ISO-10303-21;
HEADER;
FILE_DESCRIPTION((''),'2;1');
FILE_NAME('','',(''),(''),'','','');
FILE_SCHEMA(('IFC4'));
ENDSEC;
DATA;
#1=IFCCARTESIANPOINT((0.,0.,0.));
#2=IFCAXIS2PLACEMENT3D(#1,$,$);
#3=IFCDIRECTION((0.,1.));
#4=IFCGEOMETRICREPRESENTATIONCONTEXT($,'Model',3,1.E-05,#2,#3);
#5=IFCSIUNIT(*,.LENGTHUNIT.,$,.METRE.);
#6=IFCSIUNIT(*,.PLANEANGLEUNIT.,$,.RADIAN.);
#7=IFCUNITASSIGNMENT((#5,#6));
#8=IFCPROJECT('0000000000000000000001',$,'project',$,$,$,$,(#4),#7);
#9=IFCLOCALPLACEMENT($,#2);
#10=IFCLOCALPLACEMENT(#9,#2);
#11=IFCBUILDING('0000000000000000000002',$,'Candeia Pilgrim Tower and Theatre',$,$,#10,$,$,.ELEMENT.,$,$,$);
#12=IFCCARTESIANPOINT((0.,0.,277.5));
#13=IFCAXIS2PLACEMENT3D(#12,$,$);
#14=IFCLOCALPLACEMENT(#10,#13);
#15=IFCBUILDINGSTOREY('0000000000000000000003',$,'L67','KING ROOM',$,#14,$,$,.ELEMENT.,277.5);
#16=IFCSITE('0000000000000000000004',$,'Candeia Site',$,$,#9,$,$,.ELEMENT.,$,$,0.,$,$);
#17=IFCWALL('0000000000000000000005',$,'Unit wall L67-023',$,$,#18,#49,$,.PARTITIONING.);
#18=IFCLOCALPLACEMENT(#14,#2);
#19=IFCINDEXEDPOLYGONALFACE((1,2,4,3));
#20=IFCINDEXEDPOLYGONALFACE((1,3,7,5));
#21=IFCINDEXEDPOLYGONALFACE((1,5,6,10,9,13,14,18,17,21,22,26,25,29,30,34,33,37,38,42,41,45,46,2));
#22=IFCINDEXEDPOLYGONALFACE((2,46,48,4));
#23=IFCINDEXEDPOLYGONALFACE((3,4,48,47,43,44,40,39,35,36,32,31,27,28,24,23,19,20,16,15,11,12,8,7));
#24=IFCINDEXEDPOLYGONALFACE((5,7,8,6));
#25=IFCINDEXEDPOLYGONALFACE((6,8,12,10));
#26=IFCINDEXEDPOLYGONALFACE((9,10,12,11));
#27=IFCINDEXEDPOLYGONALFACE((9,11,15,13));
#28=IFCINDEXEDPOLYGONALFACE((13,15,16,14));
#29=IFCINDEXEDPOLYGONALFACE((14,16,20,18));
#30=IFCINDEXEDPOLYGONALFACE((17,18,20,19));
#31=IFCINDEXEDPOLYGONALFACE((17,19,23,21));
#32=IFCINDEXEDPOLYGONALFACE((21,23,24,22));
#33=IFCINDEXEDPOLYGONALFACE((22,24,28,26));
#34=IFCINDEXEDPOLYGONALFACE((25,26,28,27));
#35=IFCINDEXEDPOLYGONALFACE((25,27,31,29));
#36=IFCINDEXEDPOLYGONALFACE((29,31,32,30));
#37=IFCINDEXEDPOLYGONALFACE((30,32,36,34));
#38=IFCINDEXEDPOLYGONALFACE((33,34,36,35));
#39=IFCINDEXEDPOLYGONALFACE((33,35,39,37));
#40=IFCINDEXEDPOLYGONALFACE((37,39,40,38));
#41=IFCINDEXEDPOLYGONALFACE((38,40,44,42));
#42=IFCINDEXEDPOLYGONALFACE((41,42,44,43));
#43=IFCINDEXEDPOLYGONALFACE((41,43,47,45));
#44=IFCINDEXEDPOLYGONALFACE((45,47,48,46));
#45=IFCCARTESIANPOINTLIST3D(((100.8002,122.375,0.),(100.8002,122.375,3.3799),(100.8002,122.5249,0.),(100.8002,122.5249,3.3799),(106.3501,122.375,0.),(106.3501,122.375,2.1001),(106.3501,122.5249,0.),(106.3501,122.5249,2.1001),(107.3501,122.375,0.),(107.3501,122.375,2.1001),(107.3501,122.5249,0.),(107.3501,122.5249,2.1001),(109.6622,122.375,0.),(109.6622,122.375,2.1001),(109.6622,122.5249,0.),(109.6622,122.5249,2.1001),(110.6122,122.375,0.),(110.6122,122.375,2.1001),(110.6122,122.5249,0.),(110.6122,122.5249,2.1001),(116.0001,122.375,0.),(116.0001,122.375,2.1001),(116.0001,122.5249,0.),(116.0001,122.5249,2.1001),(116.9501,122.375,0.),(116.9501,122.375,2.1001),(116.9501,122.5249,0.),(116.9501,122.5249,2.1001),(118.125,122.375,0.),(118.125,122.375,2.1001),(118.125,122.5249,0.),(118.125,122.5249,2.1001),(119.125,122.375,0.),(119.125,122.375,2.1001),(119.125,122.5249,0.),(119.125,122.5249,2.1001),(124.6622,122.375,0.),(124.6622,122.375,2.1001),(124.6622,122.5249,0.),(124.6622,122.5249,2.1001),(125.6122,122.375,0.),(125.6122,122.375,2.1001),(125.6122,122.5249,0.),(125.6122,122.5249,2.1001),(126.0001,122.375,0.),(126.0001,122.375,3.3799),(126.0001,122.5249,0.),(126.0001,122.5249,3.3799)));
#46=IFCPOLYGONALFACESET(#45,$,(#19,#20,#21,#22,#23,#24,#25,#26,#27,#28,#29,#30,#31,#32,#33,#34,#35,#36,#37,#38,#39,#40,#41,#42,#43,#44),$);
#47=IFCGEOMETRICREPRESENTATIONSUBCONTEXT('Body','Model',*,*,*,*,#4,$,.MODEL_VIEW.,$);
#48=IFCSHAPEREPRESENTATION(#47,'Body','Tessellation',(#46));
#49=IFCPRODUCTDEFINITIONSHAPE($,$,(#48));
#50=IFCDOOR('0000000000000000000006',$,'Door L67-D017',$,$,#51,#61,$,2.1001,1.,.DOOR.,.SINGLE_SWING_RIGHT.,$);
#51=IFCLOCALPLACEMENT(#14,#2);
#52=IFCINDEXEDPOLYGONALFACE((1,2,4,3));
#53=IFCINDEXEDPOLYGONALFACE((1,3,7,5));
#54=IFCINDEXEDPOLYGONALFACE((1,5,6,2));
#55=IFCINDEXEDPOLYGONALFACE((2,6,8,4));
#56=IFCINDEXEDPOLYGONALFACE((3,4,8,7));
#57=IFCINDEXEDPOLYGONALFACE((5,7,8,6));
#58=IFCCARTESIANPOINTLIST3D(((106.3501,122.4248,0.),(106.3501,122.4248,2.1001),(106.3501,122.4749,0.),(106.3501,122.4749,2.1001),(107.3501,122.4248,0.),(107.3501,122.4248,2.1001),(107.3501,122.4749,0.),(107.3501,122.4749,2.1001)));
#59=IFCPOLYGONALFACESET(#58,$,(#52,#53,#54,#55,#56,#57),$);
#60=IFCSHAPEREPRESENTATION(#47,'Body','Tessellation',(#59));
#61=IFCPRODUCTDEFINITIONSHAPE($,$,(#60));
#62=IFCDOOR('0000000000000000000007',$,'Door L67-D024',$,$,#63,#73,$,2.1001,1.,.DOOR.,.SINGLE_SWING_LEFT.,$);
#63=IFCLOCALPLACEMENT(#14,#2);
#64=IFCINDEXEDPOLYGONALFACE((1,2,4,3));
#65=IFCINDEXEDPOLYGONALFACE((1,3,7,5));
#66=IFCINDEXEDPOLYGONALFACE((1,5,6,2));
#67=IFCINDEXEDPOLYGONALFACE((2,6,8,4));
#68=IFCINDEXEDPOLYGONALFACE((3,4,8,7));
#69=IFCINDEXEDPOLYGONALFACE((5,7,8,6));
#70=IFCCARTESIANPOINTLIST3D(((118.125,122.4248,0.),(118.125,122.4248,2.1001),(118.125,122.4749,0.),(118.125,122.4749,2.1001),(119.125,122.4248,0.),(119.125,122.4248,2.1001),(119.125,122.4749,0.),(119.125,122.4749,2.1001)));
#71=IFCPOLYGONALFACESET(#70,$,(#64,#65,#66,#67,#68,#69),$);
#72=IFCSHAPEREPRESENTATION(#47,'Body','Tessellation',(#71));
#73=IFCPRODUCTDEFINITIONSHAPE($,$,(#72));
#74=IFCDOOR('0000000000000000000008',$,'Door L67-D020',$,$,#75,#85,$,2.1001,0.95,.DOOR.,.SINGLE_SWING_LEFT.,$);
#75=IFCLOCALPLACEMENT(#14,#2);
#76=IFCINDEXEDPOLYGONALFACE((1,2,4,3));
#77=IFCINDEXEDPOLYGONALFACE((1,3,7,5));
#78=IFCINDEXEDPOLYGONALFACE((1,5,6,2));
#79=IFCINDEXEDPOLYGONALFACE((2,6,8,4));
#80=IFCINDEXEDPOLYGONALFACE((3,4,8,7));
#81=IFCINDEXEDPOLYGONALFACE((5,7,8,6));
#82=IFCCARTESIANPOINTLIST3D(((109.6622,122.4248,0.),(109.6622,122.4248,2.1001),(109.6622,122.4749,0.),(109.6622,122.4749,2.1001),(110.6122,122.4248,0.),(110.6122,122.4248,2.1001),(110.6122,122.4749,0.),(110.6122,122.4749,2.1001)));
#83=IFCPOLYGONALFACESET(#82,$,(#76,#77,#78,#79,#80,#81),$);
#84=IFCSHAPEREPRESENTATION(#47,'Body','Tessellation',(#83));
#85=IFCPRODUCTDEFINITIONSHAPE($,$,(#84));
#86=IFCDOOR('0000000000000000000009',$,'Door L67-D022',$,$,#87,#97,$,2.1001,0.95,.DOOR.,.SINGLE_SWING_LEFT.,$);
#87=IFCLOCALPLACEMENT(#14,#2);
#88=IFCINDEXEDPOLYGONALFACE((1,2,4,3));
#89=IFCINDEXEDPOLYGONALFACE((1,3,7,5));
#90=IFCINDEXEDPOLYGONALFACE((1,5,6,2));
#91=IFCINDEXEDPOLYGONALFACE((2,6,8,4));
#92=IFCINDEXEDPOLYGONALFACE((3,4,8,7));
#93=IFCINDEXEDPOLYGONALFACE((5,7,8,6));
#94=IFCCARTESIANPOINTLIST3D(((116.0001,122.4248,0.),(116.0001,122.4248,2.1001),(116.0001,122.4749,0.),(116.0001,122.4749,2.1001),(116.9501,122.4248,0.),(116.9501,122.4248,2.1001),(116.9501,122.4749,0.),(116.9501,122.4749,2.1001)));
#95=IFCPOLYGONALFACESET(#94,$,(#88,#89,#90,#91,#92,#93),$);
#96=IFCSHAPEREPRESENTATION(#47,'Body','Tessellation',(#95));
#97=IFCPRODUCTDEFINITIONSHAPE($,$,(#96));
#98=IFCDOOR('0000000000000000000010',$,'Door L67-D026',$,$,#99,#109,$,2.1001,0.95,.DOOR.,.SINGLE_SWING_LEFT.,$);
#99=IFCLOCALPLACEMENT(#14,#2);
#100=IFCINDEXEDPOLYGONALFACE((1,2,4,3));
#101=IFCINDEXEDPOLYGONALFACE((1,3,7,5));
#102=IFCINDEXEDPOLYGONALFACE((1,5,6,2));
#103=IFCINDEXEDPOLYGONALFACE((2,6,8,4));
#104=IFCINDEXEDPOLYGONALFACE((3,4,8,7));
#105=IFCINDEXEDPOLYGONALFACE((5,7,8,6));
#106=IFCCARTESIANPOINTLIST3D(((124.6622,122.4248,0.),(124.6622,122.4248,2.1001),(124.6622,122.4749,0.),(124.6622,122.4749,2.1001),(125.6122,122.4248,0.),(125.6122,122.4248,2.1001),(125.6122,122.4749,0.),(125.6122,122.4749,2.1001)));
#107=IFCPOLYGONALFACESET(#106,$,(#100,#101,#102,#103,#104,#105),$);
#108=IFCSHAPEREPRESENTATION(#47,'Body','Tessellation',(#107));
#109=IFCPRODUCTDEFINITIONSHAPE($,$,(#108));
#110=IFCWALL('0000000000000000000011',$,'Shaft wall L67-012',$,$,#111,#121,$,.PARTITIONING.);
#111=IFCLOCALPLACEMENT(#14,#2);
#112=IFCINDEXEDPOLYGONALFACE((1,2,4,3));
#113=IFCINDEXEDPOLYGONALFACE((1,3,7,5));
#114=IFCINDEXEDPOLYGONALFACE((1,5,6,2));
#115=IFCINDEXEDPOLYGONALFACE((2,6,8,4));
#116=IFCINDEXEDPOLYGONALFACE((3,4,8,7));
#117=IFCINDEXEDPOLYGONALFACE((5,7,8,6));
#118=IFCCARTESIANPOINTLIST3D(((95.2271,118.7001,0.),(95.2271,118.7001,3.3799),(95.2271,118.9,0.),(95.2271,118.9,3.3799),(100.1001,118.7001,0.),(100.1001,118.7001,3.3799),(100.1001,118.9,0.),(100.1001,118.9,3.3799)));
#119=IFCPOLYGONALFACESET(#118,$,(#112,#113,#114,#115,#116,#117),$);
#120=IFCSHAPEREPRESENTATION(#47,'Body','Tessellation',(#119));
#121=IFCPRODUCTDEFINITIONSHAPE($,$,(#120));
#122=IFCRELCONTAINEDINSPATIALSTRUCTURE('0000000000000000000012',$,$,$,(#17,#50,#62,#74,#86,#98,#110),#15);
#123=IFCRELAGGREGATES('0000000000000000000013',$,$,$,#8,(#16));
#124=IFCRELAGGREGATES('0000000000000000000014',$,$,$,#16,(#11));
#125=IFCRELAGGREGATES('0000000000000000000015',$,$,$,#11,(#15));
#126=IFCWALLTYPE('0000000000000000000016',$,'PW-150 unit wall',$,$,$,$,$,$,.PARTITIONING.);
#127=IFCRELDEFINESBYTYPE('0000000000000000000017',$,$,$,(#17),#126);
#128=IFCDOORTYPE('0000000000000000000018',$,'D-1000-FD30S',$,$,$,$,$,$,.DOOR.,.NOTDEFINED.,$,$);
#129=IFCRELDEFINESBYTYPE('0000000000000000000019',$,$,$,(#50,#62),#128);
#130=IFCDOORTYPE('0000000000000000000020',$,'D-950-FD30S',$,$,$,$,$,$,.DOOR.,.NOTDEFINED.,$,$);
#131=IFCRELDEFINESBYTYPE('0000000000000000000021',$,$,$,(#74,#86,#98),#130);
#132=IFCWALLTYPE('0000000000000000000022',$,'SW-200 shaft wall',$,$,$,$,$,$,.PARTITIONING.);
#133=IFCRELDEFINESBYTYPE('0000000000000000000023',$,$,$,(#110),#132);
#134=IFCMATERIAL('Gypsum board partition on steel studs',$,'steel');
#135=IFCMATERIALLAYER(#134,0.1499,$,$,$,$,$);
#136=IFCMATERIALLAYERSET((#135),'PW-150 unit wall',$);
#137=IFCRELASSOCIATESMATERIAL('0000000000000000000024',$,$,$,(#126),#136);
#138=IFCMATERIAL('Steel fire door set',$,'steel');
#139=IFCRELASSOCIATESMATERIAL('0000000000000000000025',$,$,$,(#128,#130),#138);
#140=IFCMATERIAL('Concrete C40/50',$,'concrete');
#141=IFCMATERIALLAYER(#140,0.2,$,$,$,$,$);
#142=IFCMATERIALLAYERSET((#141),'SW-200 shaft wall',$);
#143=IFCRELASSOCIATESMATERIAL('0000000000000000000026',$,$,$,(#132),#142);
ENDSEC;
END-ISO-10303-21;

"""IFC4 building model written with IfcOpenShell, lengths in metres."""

from ifc_helpers import new_model, si_unit, direction, frame, frame_2d, origin, place, context, subcontext, project, spatial, rectangle, extrude, material, layer, layer_set, type_object, element, fill, save


model = new_model("IFC4")

# Units and contexts
model_context = context("Model", 3, precision=1e-05, world=origin(), true_north=direction((0.0, 1.0)))
body_context = subcontext(model_context, "Body", "Model", "MODEL_VIEW")
ifc_project = project(units=[si_unit("LENGTHUNIT", "METRE"), si_unit("PLANEANGLEUNIT", "RADIAN")], contexts=[model_context])

# Site, building, storey
site_placement = place(None, origin())
site = spatial("IfcSite", under=ifc_project, at=site_placement, Name="Candeia Site", CompositionType="ELEMENT", RefElevation=0.0)
building_placement = place(site_placement, origin())
building = spatial("IfcBuilding", under=site, at=building_placement, Name="Candeia Pilgrim Tower and Theatre", CompositionType="ELEMENT")
storey_placement = place(building_placement, frame((0.0, 0.0, 277.5)))
storey = spatial("IfcBuildingStorey", under=building, at=storey_placement, Name="L67", Description="KING ROOM", CompositionType="ELEMENT", Elevation=277.5)

# Shared definitions
ifc_material_1 = material(Name="Gypsum board partition on steel studs", Category="steel")

# Shared definitions
ifc_material_2 = material(Name="Steel fire door set", Category="steel")

# Wall, openings, doors
ifc_layer_1 = layer(ifc_material_1, 0.1499)
ifc_layer_set_1 = layer_set([ifc_layer_1], Name="PW-150 unit wall")
wall_type_1 = type_object("IfcWallType", Name="PW-150 unit wall", PredefinedType="PARTITIONING", material=ifc_layer_set_1)
wall_1_placement = place(storey_placement, frame((100.8, 122.45, 0.0), z_axis=(0.0, 0.0, 1.0), x_axis=(1.0, 0.0, 0.0)))
wall_1 = element("IfcWall", 1, at=wall_1_placement, inside=storey, type_object=wall_type_1, Name="Unit wall L67-023", PredefinedType="PARTITIONING", context=body_context, shape_type="SweptSolid", body=[
    extrude(rectangle(XDim=25.2, YDim=0.1499, at=frame_2d((12.6001, 0.0))), origin(), (0.0, 0.0, 1.0), 3.3799),
])
opening_1_placement = place(wall_1_placement, frame((5.55, 0.0, 0.0)))
opening_1 = element("IfcOpeningElement", 2, at=opening_1_placement, cuts=wall_1, PredefinedType="OPENING", context=body_context, shape_type="SweptSolid", body=[
    extrude(rectangle(XDim=1.0, YDim=2.1001, at=frame_2d((0.5, 1.05))), frame((0.0, 0.085, 0.0), z_axis=(0.0, -1.0, 0.0), x_axis=(1.0, 0.0, 0.0)), (0.0, 0.0, 1.0), 0.1699),
])
opening_2_placement = place(wall_1_placement, frame((8.8621, 0.0, 0.0)))
opening_2 = element("IfcOpeningElement", 3, at=opening_2_placement, cuts=wall_1, PredefinedType="OPENING", context=body_context, shape_type="SweptSolid", body=[
    extrude(rectangle(XDim=0.95, YDim=2.1001, at=frame_2d((0.4751, 1.05))), frame((0.0, 0.085, 0.0), z_axis=(0.0, -1.0, 0.0), x_axis=(1.0, 0.0, 0.0)), (0.0, 0.0, 1.0), 0.1699),
])
opening_3_placement = place(wall_1_placement, frame((15.2, 0.0, 0.0)))
opening_3 = element("IfcOpeningElement", 4, at=opening_3_placement, cuts=wall_1, PredefinedType="OPENING", context=body_context, shape_type="SweptSolid", body=[
    extrude(rectangle(XDim=0.95, YDim=2.1001, at=frame_2d((0.4751, 1.05))), frame((0.0, 0.085, 0.0), z_axis=(0.0, -1.0, 0.0), x_axis=(1.0, 0.0, 0.0)), (0.0, 0.0, 1.0), 0.1699),
])
opening_4_placement = place(wall_1_placement, frame((17.325, 0.0, 0.0)))
opening_4 = element("IfcOpeningElement", 5, at=opening_4_placement, cuts=wall_1, PredefinedType="OPENING", context=body_context, shape_type="SweptSolid", body=[
    extrude(rectangle(XDim=1.0, YDim=2.1001, at=frame_2d((0.5, 1.05))), frame((0.0, 0.085, 0.0), z_axis=(0.0, -1.0, 0.0), x_axis=(1.0, 0.0, 0.0)), (0.0, 0.0, 1.0), 0.1699),
])
opening_5_placement = place(wall_1_placement, frame((23.8621, 0.0, 0.0)))
opening_5 = element("IfcOpeningElement", 6, at=opening_5_placement, cuts=wall_1, PredefinedType="OPENING", context=body_context, shape_type="SweptSolid", body=[
    extrude(rectangle(XDim=0.95, YDim=2.1001, at=frame_2d((0.4751, 1.05))), frame((0.0, 0.085, 0.0), z_axis=(0.0, -1.0, 0.0), x_axis=(1.0, 0.0, 0.0)), (0.0, 0.0, 1.0), 0.1699),
])
door_type_1 = type_object("IfcDoorType", Name="D-1000-FD30S", OperationType="NOTDEFINED", PredefinedType="DOOR", material=ifc_material_2)
door_1_placement = place(opening_1_placement, origin())
door_1 = element("IfcDoor", 7, at=door_1_placement, inside=storey, type_object=door_type_1, Name="Door L67-D017", OperationType="SINGLE_SWING_RIGHT", OverallHeight=2.1001, OverallWidth=1.0, PredefinedType="DOOR", context=body_context, shape_type="SweptSolid", body=[
    extrude(rectangle(XDim=1.0, YDim=2.1001, at=frame_2d((0.5, 1.05))), frame((0.0, 0.0249, 0.0), z_axis=(0.0, -1.0, 0.0), x_axis=(1.0, 0.0, 0.0)), (0.0, 0.0, 1.0), 0.05),
])
fill(opening_1, door_1)
door_2_placement = place(opening_4_placement, origin())
door_2 = element("IfcDoor", 8, at=door_2_placement, inside=storey, type_object=door_type_1, Name="Door L67-D024", OperationType="SINGLE_SWING_LEFT", OverallHeight=2.1001, OverallWidth=1.0, PredefinedType="DOOR", context=body_context, shape_type="SweptSolid", body=[
    extrude(rectangle(XDim=1.0, YDim=2.1001, at=frame_2d((0.5, 1.05))), frame((0.0, 0.0249, 0.0), z_axis=(0.0, -1.0, 0.0), x_axis=(1.0, 0.0, 0.0)), (0.0, 0.0, 1.0), 0.05),
])
fill(opening_4, door_2)
door_type_2 = type_object("IfcDoorType", Name="D-950-FD30S", OperationType="NOTDEFINED", PredefinedType="DOOR", material=ifc_material_2)
door_3_placement = place(opening_2_placement, origin())
door_3 = element("IfcDoor", 9, at=door_3_placement, inside=storey, type_object=door_type_2, Name="Door L67-D020", OperationType="SINGLE_SWING_LEFT", OverallHeight=2.1001, OverallWidth=0.95, PredefinedType="DOOR", context=body_context, shape_type="SweptSolid", body=[
    extrude(rectangle(XDim=0.95, YDim=2.1001, at=frame_2d((0.4751, 1.05))), frame((0.0, 0.0249, 0.0), z_axis=(0.0, -1.0, 0.0), x_axis=(1.0, 0.0, 0.0)), (0.0, 0.0, 1.0), 0.05),
])
fill(opening_2, door_3)
door_4_placement = place(opening_3_placement, origin())
door_4 = element("IfcDoor", 10, at=door_4_placement, inside=storey, type_object=door_type_2, Name="Door L67-D022", OperationType="SINGLE_SWING_LEFT", OverallHeight=2.1001, OverallWidth=0.95, PredefinedType="DOOR", context=body_context, shape_type="SweptSolid", body=[
    extrude(rectangle(XDim=0.95, YDim=2.1001, at=frame_2d((0.4751, 1.05))), frame((0.0, 0.0249, 0.0), z_axis=(0.0, -1.0, 0.0), x_axis=(1.0, 0.0, 0.0)), (0.0, 0.0, 1.0), 0.05),
])
fill(opening_3, door_4)
door_5_placement = place(opening_5_placement, origin())
door_5 = element("IfcDoor", 11, at=door_5_placement, inside=storey, type_object=door_type_2, Name="Door L67-D026", OperationType="SINGLE_SWING_LEFT", OverallHeight=2.1001, OverallWidth=0.95, PredefinedType="DOOR", context=body_context, shape_type="SweptSolid", body=[
    extrude(rectangle(XDim=0.95, YDim=2.1001, at=frame_2d((0.4751, 1.05))), frame((0.0, 0.0249, 0.0), z_axis=(0.0, -1.0, 0.0), x_axis=(1.0, 0.0, 0.0)), (0.0, 0.0, 1.0), 0.05),
])
fill(opening_5, door_5)

# Wall
ifc_material_3 = material(Name="Concrete C40/50", Category="concrete")
ifc_layer_2 = layer(ifc_material_3, 0.2)
ifc_layer_set_2 = layer_set([ifc_layer_2], Name="SW-200 shaft wall")
wall_type_2 = type_object("IfcWallType", Name="SW-200 shaft wall", PredefinedType="PARTITIONING", material=ifc_layer_set_2)
wall_2_placement = place(storey_placement, frame((95.2271, 118.8, 0.0), z_axis=(0.0, 0.0, 1.0), x_axis=(1.0, 0.0, 0.0)))
element("IfcWall", 12, at=wall_2_placement, inside=storey, type_object=wall_type_2, Name="Shaft wall L67-012", PredefinedType="PARTITIONING", context=body_context, shape_type="SweptSolid", body=[
    extrude(rectangle(XDim=4.873, YDim=0.2, at=frame_2d((2.4365, 0.0))), origin(), (0.0, 0.0, 1.0), 3.3799),
])

save(model, "model.ifc")
